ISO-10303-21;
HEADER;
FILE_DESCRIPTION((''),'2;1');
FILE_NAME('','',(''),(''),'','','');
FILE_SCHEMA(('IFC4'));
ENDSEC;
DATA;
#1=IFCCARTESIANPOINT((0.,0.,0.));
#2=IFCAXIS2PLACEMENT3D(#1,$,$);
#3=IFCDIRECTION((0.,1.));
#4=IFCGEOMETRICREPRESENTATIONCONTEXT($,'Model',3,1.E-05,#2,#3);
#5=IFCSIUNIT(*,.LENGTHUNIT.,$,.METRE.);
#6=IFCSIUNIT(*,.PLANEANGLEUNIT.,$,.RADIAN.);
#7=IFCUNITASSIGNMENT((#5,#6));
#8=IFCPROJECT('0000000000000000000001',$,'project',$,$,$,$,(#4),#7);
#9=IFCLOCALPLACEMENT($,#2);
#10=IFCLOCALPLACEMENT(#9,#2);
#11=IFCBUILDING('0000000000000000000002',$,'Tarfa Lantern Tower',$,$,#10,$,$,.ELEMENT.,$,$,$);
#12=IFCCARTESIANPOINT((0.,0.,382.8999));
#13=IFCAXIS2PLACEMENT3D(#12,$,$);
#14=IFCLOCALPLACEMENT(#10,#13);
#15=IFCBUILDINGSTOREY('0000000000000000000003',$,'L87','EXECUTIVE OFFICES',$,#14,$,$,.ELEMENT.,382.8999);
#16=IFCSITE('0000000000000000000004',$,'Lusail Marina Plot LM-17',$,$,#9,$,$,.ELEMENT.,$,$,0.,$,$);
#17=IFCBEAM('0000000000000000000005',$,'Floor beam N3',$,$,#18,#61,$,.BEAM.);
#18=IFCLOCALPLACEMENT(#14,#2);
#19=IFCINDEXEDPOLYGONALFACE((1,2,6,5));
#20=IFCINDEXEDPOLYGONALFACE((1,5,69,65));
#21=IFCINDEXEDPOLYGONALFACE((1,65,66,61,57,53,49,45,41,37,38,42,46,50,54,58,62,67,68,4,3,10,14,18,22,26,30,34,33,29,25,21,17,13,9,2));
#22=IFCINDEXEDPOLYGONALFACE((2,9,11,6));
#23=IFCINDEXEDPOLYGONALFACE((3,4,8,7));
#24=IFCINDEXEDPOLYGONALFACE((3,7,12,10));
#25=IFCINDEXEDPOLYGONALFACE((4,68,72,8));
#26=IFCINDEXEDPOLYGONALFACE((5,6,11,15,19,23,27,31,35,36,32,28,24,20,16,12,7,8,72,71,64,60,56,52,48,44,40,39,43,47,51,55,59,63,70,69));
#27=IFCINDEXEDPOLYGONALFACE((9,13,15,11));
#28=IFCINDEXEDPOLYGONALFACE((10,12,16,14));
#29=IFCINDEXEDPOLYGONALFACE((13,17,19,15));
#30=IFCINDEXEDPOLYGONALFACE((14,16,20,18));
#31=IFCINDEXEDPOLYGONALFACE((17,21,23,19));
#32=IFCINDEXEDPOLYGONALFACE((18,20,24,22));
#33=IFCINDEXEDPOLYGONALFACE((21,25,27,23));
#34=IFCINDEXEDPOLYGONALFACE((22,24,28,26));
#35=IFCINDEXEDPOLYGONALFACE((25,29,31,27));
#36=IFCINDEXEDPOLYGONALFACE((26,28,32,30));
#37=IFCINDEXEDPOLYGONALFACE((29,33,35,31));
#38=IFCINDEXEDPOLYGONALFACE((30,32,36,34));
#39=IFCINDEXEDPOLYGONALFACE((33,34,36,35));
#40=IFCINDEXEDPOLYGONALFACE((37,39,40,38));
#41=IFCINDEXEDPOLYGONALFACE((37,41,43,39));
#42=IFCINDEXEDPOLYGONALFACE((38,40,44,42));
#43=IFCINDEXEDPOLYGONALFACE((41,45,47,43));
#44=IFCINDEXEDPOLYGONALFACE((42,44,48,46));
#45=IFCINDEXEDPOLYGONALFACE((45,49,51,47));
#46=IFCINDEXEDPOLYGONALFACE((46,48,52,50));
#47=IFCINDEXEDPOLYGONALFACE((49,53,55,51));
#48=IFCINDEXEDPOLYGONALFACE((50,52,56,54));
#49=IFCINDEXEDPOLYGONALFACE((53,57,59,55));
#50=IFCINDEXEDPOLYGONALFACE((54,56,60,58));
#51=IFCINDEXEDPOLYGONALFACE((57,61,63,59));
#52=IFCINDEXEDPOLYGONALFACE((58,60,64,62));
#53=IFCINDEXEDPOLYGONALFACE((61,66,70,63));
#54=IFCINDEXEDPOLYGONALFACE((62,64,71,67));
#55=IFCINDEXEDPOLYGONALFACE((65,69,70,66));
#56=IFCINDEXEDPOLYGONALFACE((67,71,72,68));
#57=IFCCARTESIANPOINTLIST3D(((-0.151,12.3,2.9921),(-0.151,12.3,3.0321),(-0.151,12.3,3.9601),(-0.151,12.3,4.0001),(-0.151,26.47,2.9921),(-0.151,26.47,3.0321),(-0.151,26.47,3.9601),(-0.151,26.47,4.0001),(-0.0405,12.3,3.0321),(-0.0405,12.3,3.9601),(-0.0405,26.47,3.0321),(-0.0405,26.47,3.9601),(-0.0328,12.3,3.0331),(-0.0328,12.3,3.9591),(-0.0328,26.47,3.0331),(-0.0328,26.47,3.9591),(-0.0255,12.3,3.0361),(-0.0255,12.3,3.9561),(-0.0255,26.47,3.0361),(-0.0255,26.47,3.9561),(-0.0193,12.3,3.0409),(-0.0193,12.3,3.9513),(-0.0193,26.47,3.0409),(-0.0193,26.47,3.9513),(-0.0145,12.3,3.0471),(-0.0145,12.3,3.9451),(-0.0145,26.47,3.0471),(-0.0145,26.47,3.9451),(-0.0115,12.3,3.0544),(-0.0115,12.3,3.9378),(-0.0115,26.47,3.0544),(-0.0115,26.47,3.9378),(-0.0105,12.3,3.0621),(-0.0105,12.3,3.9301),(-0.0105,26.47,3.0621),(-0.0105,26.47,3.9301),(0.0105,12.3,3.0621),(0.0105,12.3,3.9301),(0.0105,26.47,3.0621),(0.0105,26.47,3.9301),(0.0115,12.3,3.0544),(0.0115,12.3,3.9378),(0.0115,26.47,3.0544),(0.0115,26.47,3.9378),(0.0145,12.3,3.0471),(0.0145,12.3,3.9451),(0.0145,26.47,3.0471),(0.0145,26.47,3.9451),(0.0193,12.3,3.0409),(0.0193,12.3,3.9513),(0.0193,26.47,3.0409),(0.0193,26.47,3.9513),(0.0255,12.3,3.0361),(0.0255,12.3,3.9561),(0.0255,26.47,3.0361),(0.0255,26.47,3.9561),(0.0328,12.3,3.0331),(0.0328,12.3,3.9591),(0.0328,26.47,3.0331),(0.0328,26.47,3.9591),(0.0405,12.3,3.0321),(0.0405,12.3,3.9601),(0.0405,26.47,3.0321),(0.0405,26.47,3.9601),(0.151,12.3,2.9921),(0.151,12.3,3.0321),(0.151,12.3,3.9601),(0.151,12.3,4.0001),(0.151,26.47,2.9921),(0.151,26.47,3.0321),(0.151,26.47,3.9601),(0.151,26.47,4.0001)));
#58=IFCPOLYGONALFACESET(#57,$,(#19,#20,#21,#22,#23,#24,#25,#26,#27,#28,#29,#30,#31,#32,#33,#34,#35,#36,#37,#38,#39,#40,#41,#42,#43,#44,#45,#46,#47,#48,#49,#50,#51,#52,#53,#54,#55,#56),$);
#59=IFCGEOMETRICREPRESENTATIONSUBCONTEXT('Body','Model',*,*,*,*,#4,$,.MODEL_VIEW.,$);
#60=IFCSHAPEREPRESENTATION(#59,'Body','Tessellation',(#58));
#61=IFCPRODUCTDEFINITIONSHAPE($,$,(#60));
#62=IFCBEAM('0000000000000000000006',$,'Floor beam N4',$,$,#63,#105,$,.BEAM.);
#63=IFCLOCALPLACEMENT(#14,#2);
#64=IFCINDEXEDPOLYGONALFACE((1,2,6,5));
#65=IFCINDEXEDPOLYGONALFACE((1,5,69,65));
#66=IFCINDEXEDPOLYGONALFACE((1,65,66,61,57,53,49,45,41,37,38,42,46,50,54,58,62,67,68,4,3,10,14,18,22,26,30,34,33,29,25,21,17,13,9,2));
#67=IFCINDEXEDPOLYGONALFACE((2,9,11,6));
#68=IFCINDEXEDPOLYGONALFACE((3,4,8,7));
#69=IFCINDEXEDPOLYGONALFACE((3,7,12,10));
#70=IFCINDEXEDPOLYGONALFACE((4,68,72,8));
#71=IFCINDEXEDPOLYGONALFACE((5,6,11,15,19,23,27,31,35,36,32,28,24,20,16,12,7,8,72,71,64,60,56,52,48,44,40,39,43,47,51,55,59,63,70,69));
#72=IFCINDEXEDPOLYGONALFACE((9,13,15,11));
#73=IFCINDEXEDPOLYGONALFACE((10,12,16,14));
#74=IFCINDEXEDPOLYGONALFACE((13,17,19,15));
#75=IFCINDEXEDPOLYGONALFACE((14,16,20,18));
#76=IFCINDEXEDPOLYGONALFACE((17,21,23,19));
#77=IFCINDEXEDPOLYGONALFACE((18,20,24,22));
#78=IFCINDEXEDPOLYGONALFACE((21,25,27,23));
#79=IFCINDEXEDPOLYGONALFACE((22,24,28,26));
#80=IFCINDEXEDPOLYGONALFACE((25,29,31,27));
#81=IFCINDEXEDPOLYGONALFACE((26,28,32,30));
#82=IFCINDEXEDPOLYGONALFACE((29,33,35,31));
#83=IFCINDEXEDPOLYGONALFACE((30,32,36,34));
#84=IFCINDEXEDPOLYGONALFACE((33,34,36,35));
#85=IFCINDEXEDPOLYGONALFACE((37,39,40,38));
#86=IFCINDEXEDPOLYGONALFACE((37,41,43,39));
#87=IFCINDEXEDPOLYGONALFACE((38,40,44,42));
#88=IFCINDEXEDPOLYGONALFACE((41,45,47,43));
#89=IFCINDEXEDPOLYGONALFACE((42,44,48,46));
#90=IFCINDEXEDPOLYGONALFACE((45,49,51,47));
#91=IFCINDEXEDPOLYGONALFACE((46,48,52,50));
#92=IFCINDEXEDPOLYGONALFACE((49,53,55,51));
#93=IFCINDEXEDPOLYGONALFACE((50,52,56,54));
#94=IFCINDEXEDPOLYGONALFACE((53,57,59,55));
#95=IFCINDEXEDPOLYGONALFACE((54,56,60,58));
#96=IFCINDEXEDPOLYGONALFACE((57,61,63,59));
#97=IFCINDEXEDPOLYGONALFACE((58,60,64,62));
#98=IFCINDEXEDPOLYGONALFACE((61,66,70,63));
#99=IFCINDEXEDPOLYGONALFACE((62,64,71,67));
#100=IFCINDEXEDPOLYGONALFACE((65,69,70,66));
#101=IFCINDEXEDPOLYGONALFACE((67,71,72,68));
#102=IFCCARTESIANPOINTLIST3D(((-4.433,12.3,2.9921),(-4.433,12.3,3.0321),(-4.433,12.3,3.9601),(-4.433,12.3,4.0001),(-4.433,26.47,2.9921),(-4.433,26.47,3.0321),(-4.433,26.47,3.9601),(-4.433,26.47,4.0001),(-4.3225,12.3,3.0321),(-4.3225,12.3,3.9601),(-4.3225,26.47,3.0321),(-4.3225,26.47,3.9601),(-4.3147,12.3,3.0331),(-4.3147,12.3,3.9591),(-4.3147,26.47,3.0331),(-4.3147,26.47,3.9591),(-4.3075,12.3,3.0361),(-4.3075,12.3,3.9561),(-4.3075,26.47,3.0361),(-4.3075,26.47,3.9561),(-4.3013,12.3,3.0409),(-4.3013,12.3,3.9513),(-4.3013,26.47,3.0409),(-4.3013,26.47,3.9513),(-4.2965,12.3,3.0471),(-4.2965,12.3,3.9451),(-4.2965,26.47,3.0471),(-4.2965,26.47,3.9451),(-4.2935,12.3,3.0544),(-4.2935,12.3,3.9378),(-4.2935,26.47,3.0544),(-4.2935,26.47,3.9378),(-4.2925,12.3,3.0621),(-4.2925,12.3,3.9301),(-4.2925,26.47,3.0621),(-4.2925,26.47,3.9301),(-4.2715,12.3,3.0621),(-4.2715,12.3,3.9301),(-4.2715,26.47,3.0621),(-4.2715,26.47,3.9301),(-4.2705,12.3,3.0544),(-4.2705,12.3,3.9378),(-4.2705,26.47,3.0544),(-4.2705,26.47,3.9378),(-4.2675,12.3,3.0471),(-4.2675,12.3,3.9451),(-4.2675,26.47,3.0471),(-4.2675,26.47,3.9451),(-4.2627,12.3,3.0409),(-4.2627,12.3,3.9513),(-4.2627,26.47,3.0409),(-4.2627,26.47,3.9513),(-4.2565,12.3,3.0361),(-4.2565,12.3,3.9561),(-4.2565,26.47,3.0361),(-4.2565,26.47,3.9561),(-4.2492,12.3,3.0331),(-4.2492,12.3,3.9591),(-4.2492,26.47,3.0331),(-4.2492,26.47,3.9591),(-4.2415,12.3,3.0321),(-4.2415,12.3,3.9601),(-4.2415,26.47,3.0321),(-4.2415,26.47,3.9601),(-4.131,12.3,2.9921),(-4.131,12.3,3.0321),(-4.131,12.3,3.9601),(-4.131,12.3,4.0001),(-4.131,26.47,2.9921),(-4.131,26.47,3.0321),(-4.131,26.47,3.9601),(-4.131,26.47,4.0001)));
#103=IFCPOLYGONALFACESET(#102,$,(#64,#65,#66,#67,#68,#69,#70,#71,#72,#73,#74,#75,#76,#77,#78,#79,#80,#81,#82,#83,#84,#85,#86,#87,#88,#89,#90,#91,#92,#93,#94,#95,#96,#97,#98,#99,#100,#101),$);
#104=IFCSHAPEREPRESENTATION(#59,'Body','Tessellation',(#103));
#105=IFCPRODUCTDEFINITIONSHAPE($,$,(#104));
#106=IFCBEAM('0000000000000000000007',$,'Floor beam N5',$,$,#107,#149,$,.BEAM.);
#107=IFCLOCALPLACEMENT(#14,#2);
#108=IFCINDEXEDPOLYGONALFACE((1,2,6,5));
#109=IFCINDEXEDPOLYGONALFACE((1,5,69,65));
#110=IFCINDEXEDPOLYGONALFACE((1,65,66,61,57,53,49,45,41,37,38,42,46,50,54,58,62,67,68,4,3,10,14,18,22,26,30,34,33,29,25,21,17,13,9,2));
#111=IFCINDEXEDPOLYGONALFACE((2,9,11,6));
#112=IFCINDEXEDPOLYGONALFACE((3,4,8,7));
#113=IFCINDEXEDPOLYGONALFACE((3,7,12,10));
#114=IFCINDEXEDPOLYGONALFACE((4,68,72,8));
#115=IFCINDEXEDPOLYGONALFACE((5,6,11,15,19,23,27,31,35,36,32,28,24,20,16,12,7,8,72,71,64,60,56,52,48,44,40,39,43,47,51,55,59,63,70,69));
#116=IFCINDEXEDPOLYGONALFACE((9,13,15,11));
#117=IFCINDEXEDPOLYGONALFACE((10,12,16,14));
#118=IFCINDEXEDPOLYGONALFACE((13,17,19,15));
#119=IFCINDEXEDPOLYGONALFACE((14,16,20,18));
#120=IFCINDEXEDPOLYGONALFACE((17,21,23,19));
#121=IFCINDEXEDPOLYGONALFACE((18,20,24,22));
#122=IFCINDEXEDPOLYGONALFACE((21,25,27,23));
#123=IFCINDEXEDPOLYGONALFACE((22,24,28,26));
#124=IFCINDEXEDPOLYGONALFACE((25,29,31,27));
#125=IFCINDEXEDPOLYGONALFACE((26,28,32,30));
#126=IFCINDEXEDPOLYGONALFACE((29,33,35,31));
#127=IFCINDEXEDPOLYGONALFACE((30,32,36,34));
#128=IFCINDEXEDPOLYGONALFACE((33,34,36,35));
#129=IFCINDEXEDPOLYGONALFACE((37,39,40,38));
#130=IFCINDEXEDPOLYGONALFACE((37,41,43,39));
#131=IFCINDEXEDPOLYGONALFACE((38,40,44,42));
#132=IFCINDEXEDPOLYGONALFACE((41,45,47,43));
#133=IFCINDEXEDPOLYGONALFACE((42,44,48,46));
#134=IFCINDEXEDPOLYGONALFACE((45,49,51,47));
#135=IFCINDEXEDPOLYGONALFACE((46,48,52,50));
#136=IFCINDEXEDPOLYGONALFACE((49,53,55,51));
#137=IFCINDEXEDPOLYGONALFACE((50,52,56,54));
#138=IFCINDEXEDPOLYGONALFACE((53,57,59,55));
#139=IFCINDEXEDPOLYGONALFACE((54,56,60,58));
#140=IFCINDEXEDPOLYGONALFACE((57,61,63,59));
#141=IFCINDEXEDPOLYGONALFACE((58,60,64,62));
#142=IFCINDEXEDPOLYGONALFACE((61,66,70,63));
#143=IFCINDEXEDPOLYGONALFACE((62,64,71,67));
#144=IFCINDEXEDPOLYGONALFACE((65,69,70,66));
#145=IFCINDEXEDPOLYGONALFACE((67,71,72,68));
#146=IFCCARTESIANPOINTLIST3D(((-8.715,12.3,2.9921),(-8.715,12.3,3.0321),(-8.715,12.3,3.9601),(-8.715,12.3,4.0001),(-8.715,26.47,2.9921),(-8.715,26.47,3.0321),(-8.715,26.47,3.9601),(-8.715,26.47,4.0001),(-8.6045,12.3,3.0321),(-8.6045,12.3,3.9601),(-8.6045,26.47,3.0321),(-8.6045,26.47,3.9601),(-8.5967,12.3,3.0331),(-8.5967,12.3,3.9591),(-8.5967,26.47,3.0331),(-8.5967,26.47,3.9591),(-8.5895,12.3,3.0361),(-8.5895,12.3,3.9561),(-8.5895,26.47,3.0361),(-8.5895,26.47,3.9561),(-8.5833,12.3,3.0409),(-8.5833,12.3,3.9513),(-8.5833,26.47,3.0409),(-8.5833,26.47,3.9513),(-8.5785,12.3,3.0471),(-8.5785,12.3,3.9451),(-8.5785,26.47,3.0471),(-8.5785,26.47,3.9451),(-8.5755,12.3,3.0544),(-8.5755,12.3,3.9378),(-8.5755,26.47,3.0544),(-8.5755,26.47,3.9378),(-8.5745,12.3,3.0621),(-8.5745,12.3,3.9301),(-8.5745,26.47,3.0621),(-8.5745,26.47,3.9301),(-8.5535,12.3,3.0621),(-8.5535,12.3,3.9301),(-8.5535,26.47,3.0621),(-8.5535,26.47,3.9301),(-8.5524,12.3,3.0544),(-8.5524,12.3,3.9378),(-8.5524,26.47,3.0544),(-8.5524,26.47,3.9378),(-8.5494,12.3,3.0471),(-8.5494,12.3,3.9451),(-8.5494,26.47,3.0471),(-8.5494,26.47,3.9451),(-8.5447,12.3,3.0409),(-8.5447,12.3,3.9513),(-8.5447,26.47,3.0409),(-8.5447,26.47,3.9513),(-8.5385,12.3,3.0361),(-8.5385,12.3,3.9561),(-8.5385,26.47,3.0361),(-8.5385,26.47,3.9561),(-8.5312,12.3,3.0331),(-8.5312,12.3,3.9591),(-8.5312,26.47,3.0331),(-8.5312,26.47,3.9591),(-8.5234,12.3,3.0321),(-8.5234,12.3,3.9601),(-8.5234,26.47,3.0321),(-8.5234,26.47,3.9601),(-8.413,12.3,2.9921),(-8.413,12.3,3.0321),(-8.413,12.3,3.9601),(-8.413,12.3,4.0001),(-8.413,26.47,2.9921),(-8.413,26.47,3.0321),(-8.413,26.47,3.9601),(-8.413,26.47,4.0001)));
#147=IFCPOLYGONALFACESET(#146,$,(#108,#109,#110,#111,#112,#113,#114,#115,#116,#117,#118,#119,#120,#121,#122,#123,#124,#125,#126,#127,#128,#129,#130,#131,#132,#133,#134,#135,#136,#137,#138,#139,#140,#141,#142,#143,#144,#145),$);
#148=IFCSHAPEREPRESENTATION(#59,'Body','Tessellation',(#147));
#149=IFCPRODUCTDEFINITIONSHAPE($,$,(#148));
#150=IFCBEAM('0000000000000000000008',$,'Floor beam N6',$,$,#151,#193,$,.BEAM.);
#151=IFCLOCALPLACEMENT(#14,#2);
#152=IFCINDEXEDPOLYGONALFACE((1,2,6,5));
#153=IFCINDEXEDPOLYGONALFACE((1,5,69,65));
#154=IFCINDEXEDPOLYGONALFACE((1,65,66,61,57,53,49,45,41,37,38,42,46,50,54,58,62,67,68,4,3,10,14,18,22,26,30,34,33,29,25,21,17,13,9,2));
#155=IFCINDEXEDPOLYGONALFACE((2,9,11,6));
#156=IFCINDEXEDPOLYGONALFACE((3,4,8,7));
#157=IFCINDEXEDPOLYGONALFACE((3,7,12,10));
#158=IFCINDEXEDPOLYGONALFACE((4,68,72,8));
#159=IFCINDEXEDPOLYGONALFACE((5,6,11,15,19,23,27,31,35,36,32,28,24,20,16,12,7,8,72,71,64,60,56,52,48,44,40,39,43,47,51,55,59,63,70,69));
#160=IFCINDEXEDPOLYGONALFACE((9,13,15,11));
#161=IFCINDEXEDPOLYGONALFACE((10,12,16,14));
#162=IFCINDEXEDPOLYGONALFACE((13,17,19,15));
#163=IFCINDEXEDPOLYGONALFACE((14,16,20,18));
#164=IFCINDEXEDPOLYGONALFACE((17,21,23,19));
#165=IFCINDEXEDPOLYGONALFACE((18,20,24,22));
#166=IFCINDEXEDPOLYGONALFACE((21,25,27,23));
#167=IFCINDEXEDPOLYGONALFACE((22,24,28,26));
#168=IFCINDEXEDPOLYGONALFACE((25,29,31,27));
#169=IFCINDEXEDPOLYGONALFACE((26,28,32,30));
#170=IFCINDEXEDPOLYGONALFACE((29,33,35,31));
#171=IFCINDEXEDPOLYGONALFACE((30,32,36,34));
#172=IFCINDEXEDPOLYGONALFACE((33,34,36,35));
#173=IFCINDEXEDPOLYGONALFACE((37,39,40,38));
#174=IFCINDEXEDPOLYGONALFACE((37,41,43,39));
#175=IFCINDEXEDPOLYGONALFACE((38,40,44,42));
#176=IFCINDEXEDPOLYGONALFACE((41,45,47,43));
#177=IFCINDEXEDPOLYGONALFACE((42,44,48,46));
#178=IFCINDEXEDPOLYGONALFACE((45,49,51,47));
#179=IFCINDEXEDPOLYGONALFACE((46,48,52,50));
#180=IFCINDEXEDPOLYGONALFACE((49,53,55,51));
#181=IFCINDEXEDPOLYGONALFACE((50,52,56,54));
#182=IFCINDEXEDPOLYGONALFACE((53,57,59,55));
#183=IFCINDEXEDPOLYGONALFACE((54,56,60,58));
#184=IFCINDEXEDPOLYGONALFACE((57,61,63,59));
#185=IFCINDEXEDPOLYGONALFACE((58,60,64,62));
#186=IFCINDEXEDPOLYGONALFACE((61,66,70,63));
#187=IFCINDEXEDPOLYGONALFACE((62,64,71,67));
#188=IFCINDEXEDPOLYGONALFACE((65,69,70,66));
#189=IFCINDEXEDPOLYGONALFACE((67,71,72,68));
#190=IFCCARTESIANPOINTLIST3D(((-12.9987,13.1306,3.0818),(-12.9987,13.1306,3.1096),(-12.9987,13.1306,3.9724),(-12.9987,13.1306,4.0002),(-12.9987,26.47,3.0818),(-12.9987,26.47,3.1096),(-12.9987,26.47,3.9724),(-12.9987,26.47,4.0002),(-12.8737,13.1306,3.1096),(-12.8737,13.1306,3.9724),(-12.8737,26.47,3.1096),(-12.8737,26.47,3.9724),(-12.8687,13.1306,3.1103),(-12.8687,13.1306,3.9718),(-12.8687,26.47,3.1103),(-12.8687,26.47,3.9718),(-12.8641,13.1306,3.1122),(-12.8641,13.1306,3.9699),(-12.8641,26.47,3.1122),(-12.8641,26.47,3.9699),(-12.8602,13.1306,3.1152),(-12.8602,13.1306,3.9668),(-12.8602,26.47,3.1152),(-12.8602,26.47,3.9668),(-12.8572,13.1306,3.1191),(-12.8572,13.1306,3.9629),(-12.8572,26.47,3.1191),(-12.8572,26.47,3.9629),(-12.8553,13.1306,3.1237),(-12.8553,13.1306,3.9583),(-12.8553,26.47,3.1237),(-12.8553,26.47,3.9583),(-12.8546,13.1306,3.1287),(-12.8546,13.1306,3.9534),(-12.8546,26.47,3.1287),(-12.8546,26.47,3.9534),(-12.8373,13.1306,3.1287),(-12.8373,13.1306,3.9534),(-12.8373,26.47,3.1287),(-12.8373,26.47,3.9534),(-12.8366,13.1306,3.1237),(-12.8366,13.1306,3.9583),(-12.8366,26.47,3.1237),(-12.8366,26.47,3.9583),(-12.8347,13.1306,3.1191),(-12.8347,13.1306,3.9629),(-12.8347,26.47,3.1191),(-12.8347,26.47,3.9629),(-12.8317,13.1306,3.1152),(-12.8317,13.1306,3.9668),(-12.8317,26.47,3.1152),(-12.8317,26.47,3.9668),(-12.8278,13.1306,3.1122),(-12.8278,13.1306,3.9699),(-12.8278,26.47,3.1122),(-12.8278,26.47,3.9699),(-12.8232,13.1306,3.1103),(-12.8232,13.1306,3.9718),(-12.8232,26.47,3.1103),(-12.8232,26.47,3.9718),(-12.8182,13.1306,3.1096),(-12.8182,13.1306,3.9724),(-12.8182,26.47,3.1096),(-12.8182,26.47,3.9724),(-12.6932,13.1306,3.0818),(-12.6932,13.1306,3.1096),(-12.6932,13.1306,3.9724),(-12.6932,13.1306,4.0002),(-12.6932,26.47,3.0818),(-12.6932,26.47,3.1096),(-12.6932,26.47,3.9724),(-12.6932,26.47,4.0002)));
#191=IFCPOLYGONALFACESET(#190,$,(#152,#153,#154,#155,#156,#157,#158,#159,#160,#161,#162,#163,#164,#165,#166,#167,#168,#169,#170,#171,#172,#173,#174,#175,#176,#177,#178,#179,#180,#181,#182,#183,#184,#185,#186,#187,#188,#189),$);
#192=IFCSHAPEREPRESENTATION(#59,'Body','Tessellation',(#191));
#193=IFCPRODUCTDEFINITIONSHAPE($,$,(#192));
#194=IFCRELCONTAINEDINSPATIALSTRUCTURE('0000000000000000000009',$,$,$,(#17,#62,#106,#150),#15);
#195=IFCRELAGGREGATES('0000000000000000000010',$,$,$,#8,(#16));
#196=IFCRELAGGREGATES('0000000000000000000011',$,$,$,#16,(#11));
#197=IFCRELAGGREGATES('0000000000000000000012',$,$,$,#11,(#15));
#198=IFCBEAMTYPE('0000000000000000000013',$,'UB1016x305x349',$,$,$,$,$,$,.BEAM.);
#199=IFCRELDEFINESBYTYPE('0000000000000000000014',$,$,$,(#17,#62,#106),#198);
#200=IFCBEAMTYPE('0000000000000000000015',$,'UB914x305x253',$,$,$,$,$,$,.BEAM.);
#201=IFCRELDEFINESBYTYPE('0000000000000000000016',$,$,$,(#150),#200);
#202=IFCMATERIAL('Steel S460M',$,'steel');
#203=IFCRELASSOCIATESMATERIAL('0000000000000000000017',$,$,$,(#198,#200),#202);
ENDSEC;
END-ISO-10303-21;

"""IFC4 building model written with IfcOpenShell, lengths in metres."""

from ifc_helpers import new_model, si_unit, direction, frame, origin, origin_2d, place, context, subcontext, project, spatial, i_section, extrude, material, material_profile, profile_set, type_object, element, save


model = new_model("IFC4")

# Units and contexts
model_context = context("Model", 3, precision=1e-05, world=origin(), true_north=direction((0.0, 1.0)))
body_context = subcontext(model_context, "Body", "Model", "MODEL_VIEW")
ifc_project = project(units=[si_unit("LENGTHUNIT", "METRE"), si_unit("PLANEANGLEUNIT", "RADIAN")], contexts=[model_context])

# Site, building, storey
site_placement = place(None, origin())
site = spatial("IfcSite", under=ifc_project, at=site_placement, Name="Lusail Marina Plot LM-17", CompositionType="ELEMENT", RefElevation=0.0)
building_placement = place(site_placement, origin())
building = spatial("IfcBuilding", under=site, at=building_placement, Name="Tarfa Lantern Tower", CompositionType="ELEMENT")
storey_placement = place(building_placement, frame((0.0, 0.0, 382.8999)))
storey = spatial("IfcBuildingStorey", under=building, at=storey_placement, Name="L87", Description="EXECUTIVE OFFICES", CompositionType="ELEMENT", Elevation=382.8999)

# Beams
ifc_material_1 = material(Name="Steel S460M", Category="steel")
ifc_material_profile_1 = material_profile(ifc_material_1, i_section(OverallWidth=0.302, OverallDepth=1.0081, WebThickness=0.021, FlangeThickness=0.04, FilletRadius=0.03, at=origin_2d()), Name="UB1016x305x349")
ifc_profile_set_1 = profile_set([ifc_material_profile_1], Name="Steel S460M")
beam_type_1 = type_object("IfcBeamType", Name="UB1016x305x349", PredefinedType="BEAM", material=ifc_profile_set_1)
for number, where, z_axis, x_axis, name in (
    (1, (0.0, 26.47, 3.4961), (0.0, -1.0, 0.0), (1.0, 0.0, 0.0), "Floor beam N3"),
    (2, (-4.282, 26.47, 3.4961), (0.0, -1.0, 0.0), (1.0, 0.0, 0.0), "Floor beam N4"),
    (3, (-8.564, 26.47, 3.4961), (0.0, -1.0, 0.0), (1.0, 0.0, 0.0), "Floor beam N5"),
):
    element("IfcBeam", number, at=place(storey_placement, frame(where, z_axis=z_axis, x_axis=x_axis)), inside=storey, type_object=beam_type_1, Name=name, PredefinedType="BEAM", context=body_context, shape_type="SweptSolid", body=[
        extrude(i_section(OverallWidth=0.302, OverallDepth=1.0081, WebThickness=0.021, FlangeThickness=0.04, FilletRadius=0.03, at=origin_2d()), origin(), (0.0, 0.0, 1.0), 14.1699),
    ])
ifc_material_profile_2 = material_profile(ifc_material_1, i_section(OverallWidth=0.3054, OverallDepth=0.9185, WebThickness=0.0173, FlangeThickness=0.0278, FilletRadius=0.019, at=origin_2d()), Name="UB914x305x253")
ifc_profile_set_2 = profile_set([ifc_material_profile_2], Name="Steel S460M")
beam_type_2 = type_object("IfcBeamType", Name="UB914x305x253", PredefinedType="BEAM", material=ifc_profile_set_2)
beam_1_placement = place(storey_placement, frame((-12.8459, 26.47, 3.541), z_axis=(0.0, -1.0, 0.0), x_axis=(1.0, 0.0, 0.0)))
element("IfcBeam", 4, at=beam_1_placement, inside=storey, type_object=beam_type_2, Name="Floor beam N6", PredefinedType="BEAM", context=body_context, shape_type="SweptSolid", body=[
    extrude(i_section(OverallWidth=0.3054, OverallDepth=0.9185, WebThickness=0.0173, FlangeThickness=0.0278, FilletRadius=0.019, at=origin_2d()), origin(), (0.0, 0.0, 1.0), 13.3394),
])

save(model, "model.ifc")
